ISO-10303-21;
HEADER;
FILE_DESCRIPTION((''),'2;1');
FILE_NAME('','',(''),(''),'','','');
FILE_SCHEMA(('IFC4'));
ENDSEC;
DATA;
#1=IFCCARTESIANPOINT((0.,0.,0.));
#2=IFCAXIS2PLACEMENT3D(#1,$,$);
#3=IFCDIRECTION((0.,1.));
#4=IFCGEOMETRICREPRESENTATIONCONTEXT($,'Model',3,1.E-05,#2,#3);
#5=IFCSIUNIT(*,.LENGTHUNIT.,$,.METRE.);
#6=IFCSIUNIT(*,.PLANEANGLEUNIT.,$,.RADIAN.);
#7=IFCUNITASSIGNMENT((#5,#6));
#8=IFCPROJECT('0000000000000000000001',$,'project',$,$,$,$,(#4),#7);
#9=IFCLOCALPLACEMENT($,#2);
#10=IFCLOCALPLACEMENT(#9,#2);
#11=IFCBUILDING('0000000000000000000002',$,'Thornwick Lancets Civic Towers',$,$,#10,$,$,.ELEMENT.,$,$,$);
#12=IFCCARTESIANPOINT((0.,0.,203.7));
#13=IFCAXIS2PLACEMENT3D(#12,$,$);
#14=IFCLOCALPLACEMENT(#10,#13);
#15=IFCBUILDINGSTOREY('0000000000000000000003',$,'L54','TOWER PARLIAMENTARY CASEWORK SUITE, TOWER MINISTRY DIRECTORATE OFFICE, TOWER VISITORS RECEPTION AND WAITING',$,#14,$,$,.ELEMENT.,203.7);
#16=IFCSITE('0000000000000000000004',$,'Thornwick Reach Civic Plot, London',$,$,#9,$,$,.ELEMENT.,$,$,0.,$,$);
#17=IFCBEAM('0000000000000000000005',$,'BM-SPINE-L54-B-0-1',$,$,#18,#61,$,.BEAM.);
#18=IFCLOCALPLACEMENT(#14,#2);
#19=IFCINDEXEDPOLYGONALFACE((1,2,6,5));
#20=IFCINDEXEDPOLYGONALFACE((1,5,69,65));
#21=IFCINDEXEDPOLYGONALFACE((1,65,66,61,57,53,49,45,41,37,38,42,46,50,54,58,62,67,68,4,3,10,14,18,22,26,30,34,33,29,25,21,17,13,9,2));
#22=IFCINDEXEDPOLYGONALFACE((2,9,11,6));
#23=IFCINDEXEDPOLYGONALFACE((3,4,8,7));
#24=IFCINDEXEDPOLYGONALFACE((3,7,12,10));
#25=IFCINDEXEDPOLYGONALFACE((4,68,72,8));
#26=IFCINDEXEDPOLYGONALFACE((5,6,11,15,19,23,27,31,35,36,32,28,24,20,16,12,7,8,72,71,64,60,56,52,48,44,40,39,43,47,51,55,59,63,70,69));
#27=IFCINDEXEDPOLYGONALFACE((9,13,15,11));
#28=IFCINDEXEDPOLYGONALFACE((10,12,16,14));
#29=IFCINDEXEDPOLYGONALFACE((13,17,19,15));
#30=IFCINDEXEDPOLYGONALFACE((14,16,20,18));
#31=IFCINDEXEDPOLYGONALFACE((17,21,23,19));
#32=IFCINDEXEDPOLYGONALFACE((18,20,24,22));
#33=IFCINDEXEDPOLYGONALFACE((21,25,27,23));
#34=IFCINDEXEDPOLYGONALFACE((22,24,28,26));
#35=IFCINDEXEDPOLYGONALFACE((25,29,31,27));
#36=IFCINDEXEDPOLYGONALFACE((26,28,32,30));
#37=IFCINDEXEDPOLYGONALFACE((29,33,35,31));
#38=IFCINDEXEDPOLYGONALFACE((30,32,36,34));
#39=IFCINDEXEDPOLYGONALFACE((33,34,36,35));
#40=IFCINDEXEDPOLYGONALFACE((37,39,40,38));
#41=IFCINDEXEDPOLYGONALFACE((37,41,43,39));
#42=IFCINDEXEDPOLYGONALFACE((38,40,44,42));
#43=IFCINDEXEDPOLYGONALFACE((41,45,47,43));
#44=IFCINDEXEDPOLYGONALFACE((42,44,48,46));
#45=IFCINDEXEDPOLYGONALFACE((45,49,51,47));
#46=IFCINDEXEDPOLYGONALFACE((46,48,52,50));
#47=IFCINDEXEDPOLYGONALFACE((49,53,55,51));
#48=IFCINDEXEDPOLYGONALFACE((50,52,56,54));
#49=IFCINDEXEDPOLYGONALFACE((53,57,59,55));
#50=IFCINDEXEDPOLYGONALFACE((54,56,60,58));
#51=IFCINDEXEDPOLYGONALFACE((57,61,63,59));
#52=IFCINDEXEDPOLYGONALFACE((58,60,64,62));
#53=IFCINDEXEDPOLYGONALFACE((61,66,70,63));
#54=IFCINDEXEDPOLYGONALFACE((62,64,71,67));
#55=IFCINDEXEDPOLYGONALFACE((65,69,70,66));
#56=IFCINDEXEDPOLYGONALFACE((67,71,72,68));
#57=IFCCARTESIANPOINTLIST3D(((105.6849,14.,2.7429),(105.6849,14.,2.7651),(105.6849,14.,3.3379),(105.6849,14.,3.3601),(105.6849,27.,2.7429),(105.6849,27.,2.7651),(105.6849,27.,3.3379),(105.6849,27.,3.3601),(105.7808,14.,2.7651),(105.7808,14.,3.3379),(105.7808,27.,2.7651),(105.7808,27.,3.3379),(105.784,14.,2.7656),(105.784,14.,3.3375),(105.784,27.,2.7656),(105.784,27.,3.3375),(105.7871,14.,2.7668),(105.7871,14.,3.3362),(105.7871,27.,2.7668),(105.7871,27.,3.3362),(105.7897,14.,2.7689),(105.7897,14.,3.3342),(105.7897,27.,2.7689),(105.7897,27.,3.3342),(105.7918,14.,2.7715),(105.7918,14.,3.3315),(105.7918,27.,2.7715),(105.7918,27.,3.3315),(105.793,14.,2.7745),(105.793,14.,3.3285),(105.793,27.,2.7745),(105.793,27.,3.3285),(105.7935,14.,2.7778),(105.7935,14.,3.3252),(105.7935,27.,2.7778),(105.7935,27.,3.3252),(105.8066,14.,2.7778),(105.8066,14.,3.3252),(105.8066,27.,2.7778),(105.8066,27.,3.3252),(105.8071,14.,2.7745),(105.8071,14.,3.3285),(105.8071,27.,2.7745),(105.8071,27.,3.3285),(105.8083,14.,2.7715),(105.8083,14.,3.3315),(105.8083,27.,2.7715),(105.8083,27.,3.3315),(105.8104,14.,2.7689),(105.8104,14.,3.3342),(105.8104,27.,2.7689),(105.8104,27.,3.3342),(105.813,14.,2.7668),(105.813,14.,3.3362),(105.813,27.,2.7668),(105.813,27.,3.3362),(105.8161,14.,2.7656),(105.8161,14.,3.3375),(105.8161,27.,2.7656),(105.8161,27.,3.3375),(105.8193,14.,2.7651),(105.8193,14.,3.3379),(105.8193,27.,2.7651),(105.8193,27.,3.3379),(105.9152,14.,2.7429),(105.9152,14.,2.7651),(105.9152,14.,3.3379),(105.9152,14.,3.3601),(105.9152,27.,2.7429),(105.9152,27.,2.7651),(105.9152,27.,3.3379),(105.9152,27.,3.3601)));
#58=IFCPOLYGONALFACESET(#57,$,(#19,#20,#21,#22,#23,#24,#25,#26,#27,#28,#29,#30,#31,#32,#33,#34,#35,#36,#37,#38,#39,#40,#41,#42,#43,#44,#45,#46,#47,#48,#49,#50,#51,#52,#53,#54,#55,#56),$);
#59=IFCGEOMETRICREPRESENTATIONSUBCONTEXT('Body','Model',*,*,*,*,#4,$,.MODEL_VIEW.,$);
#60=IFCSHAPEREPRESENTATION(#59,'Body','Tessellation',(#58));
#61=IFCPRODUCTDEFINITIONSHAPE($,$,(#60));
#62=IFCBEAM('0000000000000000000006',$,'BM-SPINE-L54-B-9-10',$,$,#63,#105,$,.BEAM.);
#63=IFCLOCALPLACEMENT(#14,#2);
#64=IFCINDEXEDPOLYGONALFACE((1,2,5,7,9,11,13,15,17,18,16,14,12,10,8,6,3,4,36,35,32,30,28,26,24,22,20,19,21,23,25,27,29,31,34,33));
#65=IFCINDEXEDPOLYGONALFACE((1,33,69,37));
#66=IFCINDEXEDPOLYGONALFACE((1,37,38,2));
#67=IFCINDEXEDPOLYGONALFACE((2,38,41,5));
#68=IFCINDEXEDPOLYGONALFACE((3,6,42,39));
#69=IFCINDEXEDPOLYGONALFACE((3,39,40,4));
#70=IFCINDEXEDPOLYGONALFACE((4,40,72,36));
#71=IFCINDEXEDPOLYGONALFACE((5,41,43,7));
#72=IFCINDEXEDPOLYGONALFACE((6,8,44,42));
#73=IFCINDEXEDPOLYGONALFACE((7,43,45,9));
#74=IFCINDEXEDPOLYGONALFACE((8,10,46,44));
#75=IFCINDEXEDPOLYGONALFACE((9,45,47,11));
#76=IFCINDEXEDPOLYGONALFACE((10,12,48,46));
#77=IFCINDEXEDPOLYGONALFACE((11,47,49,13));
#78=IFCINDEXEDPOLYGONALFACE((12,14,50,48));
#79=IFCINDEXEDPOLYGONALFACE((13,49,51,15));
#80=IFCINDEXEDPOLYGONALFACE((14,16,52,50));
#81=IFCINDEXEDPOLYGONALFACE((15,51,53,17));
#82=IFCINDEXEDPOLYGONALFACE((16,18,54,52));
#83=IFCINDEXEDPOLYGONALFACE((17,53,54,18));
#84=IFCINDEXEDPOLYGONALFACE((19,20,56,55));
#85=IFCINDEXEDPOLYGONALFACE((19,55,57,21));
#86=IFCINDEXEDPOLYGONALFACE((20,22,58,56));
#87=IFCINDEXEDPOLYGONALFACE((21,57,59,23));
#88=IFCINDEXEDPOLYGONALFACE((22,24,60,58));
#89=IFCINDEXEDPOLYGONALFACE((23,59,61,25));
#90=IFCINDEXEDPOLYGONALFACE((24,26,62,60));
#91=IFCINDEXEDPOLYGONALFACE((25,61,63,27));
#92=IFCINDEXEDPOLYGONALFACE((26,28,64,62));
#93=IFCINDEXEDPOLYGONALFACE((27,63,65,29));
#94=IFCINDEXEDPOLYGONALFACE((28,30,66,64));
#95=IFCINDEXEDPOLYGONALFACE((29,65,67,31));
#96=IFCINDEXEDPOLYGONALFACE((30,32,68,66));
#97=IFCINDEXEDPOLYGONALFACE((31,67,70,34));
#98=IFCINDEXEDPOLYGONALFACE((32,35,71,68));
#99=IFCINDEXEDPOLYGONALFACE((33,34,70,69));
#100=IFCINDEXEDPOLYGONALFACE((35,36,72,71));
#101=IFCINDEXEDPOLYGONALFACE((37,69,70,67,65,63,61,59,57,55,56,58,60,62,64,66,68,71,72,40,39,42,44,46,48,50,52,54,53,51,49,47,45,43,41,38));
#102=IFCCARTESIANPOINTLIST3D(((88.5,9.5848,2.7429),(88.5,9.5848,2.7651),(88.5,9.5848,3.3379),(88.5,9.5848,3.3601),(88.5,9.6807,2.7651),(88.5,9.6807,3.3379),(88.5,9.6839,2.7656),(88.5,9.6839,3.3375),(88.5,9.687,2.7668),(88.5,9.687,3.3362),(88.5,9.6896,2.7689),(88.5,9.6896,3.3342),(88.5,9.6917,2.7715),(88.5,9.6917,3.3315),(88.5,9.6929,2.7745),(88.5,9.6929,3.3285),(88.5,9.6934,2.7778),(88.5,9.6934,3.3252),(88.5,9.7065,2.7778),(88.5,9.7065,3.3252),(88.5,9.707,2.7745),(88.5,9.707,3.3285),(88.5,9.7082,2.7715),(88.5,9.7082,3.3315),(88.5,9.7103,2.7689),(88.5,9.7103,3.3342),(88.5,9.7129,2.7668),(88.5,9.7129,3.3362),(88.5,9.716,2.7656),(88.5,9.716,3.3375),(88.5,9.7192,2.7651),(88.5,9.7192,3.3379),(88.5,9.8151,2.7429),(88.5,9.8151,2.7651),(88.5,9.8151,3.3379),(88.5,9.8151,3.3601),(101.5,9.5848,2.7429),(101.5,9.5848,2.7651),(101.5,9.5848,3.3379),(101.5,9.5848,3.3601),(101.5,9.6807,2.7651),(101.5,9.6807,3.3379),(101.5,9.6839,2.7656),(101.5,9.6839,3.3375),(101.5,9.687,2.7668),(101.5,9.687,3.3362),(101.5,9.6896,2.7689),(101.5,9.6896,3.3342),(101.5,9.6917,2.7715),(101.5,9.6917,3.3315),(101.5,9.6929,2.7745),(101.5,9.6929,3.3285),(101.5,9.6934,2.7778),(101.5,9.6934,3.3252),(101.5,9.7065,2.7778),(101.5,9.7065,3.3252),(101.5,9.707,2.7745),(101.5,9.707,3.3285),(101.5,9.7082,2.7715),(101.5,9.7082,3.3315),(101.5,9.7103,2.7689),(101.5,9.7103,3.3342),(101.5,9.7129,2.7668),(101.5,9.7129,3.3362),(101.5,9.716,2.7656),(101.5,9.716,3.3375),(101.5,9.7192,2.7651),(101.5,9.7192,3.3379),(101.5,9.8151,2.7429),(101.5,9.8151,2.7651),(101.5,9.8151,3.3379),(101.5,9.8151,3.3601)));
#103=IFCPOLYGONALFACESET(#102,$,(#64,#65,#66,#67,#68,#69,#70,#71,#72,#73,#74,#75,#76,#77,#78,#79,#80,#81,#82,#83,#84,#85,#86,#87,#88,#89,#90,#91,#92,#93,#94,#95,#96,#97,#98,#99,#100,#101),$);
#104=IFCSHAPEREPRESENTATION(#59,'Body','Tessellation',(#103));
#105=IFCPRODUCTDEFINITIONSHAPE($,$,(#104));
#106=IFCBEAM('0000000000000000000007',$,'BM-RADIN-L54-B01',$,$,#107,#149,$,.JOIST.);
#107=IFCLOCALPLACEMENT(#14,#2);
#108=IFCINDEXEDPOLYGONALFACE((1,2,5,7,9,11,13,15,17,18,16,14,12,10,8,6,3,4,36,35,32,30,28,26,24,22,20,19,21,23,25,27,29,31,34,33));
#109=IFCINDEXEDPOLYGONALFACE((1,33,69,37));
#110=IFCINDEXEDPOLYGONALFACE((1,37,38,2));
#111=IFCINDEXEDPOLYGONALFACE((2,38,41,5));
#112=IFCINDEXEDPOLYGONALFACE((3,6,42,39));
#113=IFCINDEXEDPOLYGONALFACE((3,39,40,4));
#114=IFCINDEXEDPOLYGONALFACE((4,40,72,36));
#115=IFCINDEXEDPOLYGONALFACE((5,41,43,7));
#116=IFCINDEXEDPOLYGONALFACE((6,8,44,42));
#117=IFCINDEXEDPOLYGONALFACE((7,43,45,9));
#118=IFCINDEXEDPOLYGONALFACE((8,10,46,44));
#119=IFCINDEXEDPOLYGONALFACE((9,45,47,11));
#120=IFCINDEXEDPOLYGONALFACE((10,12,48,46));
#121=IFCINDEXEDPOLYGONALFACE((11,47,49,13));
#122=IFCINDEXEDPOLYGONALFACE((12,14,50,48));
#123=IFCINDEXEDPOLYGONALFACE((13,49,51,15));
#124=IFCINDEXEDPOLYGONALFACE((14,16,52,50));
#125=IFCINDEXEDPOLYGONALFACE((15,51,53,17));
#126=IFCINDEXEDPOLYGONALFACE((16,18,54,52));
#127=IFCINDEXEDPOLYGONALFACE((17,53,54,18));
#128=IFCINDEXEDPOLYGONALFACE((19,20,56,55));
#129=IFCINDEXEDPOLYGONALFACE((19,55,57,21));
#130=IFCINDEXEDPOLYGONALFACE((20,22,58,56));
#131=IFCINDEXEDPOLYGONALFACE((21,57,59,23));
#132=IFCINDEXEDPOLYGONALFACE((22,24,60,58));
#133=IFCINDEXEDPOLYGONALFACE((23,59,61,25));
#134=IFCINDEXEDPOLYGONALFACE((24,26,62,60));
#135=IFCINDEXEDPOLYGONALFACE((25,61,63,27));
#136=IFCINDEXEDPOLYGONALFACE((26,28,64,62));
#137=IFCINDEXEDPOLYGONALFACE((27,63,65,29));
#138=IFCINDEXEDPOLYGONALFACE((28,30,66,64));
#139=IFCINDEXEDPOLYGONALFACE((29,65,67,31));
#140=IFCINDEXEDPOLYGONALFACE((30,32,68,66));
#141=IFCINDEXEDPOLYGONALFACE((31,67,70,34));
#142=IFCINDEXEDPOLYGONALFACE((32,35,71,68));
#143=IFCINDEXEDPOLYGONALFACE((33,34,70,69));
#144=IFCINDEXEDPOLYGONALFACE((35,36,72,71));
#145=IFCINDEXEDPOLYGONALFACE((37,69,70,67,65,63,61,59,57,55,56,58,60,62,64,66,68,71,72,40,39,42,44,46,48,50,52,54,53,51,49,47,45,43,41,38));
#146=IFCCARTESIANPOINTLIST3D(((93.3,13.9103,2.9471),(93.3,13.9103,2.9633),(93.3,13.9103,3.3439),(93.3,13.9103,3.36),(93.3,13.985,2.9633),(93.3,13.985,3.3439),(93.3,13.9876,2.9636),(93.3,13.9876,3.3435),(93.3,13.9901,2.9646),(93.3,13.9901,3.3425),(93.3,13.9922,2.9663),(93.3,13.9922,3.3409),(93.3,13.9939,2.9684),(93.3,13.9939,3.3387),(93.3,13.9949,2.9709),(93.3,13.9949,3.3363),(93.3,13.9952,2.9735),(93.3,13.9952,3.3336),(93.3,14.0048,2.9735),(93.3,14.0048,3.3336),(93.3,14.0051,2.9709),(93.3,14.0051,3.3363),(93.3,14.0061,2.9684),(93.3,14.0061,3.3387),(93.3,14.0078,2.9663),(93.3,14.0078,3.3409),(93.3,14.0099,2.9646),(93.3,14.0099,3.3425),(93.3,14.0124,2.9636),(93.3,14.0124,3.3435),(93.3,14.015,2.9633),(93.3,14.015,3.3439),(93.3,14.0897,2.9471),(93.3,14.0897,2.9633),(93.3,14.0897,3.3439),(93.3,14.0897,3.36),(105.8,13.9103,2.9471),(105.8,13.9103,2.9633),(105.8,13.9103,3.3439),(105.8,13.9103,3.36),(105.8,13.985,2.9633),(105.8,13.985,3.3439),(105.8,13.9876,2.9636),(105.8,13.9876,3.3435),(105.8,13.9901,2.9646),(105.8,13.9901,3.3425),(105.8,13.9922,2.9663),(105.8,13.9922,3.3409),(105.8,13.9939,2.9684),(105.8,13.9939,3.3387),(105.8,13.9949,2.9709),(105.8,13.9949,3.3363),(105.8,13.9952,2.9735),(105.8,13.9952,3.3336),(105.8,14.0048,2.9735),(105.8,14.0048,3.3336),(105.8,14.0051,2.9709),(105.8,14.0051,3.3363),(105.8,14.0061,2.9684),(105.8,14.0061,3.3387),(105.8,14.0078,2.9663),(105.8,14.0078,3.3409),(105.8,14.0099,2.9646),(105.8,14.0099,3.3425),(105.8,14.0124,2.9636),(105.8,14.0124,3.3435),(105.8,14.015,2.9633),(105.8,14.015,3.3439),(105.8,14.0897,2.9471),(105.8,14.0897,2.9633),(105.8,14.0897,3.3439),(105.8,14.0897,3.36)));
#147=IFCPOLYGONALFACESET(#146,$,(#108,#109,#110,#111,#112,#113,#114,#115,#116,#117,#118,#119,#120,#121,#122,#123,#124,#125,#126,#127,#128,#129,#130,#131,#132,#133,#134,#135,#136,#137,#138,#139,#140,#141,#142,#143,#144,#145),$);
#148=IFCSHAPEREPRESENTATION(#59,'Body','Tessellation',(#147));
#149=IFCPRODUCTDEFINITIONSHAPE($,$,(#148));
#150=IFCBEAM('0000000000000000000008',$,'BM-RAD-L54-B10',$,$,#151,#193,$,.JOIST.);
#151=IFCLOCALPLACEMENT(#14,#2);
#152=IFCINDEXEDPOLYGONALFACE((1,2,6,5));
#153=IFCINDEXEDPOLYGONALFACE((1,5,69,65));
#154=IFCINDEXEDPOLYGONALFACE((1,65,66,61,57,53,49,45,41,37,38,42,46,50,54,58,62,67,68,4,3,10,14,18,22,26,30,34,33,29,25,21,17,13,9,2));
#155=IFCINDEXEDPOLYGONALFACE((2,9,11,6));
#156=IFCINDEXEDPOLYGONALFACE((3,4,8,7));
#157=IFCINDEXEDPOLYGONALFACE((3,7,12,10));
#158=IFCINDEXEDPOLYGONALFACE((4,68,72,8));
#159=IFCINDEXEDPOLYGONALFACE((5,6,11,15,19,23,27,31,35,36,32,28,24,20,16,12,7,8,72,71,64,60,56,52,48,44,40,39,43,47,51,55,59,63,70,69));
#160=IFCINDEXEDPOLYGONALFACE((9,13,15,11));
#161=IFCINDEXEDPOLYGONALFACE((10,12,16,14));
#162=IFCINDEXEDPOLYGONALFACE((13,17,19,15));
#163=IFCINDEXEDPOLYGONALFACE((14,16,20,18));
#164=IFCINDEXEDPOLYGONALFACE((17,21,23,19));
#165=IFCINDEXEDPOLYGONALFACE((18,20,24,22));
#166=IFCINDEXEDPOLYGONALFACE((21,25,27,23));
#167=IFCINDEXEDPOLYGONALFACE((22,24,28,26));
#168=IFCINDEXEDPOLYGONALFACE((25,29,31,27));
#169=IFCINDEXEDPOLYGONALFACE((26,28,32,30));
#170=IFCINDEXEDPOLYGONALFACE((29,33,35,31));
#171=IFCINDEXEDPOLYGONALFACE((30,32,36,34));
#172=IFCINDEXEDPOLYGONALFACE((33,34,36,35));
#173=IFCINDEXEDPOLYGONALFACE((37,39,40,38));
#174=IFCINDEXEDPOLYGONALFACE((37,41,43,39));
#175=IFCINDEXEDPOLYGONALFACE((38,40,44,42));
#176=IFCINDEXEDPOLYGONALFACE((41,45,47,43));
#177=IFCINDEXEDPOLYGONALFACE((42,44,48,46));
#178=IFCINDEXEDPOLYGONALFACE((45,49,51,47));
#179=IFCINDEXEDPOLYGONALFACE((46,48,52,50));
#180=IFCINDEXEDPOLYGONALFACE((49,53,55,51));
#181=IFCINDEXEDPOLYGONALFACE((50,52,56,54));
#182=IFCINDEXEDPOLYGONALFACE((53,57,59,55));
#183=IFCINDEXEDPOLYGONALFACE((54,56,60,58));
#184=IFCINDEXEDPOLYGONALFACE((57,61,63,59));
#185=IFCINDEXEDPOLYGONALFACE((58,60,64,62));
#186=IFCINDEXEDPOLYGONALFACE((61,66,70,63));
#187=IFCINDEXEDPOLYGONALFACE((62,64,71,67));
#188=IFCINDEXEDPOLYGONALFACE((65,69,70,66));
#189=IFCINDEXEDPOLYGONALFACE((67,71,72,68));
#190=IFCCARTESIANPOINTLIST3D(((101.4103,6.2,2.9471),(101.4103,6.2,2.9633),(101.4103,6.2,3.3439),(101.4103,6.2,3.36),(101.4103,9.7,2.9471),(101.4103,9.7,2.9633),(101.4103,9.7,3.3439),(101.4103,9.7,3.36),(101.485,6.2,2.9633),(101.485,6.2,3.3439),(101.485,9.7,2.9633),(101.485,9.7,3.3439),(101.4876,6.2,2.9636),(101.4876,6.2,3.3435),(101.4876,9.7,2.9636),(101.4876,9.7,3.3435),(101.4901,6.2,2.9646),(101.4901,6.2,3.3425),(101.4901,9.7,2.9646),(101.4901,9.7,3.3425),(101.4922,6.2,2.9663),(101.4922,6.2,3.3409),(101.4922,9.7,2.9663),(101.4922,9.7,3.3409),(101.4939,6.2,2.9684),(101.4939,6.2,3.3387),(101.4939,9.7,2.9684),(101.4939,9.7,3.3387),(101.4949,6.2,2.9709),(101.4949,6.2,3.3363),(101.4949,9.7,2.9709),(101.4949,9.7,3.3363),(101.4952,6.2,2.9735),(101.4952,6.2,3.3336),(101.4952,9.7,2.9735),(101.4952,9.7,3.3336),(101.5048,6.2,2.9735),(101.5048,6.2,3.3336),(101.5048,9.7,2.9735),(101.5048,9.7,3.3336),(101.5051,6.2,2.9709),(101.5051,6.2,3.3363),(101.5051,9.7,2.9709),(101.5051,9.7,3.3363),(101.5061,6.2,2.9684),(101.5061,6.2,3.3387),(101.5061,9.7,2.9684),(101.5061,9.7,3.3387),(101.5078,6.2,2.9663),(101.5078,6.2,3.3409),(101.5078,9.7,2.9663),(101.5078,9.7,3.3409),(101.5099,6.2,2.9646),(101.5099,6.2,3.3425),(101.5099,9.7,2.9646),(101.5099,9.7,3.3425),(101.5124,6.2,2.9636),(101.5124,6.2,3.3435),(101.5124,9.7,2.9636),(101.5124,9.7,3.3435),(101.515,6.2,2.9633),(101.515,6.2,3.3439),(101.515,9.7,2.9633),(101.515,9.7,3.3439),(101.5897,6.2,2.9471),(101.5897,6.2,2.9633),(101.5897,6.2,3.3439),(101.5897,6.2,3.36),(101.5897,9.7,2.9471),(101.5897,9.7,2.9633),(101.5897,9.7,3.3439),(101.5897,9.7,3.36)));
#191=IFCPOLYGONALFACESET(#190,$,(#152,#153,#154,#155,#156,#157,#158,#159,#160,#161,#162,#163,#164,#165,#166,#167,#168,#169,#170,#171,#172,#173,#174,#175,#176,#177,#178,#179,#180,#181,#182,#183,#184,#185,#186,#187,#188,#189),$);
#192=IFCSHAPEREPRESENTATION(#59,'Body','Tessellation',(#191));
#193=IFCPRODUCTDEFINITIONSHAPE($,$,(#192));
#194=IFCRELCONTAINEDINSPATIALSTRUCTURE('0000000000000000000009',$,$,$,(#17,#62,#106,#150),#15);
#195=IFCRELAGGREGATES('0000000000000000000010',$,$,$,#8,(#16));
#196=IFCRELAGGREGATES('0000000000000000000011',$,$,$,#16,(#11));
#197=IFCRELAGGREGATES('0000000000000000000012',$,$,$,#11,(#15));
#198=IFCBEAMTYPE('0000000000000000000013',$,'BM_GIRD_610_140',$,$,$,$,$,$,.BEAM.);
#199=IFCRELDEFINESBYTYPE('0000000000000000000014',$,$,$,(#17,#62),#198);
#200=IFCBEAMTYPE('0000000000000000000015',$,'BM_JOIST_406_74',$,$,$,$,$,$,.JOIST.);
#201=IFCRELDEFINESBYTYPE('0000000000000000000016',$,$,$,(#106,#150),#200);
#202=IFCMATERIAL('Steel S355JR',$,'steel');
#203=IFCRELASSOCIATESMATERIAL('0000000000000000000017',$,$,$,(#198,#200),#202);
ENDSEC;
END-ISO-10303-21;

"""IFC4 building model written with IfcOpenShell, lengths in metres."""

from ifc_helpers import new_model, si_unit, direction, frame, origin, origin_2d, place, context, subcontext, project, spatial, i_section, extrude, material, material_profile, profile_set, type_object, element, save


model = new_model("IFC4")

# Units and contexts
model_context = context("Model", 3, precision=1e-05, world=origin(), true_north=direction((0.0, 1.0)))
body_context = subcontext(model_context, "Body", "Model", "MODEL_VIEW")
ifc_project = project(units=[si_unit("LENGTHUNIT", "METRE"), si_unit("PLANEANGLEUNIT", "RADIAN")], contexts=[model_context])

# Site, building, storey
site_placement = place(None, origin())
site = spatial("IfcSite", under=ifc_project, at=site_placement, Name="Thornwick Reach Civic Plot, London", CompositionType="ELEMENT", RefElevation=0.0)
building_placement = place(site_placement, origin())
building = spatial("IfcBuilding", under=site, at=building_placement, Name="Thornwick Lancets Civic Towers", CompositionType="ELEMENT")
storey_placement = place(building_placement, frame((0.0, 0.0, 203.7)))
storey = spatial("IfcBuildingStorey", under=building, at=storey_placement, Name="L54", Description="TOWER PARLIAMENTARY CASEWORK SUITE, TOWER MINISTRY DIRECTORATE OFFICE, TOWER VISITORS RECEPTION AND WAITING", CompositionType="ELEMENT", Elevation=203.7)

# Shared definitions
ifc_material_1 = material(Name="Steel S355JR", Category="steel")

# Beams
ifc_material_profile_1 = material_profile(ifc_material_1, i_section(OverallWidth=0.2302, OverallDepth=0.6172, WebThickness=0.0132, FlangeThickness=0.0222, FilletRadius=0.0127, at=origin_2d()), Name="UKB 610x229x140")
ifc_profile_set_1 = profile_set([ifc_material_profile_1], Name="Steel S355JR")
beam_type_1 = type_object("IfcBeamType", Name="BM_GIRD_610_140", PredefinedType="BEAM", material=ifc_profile_set_1)
for number, where, z_axis, x_axis, name in (
    (1, (105.8, 14.0, 3.0515), (0.0, 1.0, 0.0), (-1.0, 0.0, 0.0), "BM-SPINE-L54-B-0-1"),
    (2, (101.5, 9.7, 3.0515), (-1.0, 0.0, 0.0), (0.0, -1.0, 0.0), "BM-SPINE-L54-B-9-10"),
):
    element("IfcBeam", number, at=place(storey_placement, frame(where, z_axis=z_axis, x_axis=x_axis)), inside=storey, type_object=beam_type_1, Name=name, PredefinedType="BEAM", context=body_context, shape_type="SweptSolid", body=[
        extrude(i_section(OverallWidth=0.2302, OverallDepth=0.6172, WebThickness=0.0132, FlangeThickness=0.0222, FilletRadius=0.0127, at=origin_2d()), origin(), (0.0, 0.0, 1.0), 13.0),
    ])
ifc_material_profile_2 = material_profile(ifc_material_1, i_section(OverallWidth=0.1794, OverallDepth=0.4128, WebThickness=0.0095, FlangeThickness=0.0161, FilletRadius=0.0103, at=origin_2d()), Name="UKB 406x178x74")
ifc_profile_set_2 = profile_set([ifc_material_profile_2], Name="Steel S355JR")
beam_type_2 = type_object("IfcBeamType", Name="BM_JOIST_406_74", PredefinedType="JOIST", material=ifc_profile_set_2)
beam_1_placement = place(storey_placement, frame((93.3, 14.0, 3.1536), z_axis=(1.0, 0.0, 0.0), x_axis=(0.0, 1.0, 0.0)))
element("IfcBeam", 3, at=beam_1_placement, inside=storey, type_object=beam_type_2, Name="BM-RADIN-L54-B01", PredefinedType="JOIST", context=body_context, shape_type="SweptSolid", body=[
    extrude(i_section(OverallWidth=0.1794, OverallDepth=0.4128, WebThickness=0.0095, FlangeThickness=0.0161, FilletRadius=0.0103, at=origin_2d()), origin(), (0.0, 0.0, 1.0), 12.5),
])
for number, where, z_axis, x_axis, name in (
    (4, (101.5, 9.7, 3.1536), (0.0, -1.0, 0.0), (1.0, 0.0, 0.0), "BM-RAD-L54-B10"),
):
    element("IfcBeam", number, at=place(storey_placement, frame(where, z_axis=z_axis, x_axis=x_axis)), inside=storey, type_object=beam_type_2, Name=name, PredefinedType="JOIST", context=body_context, shape_type="SweptSolid", body=[
        extrude(i_section(OverallWidth=0.1794, OverallDepth=0.4128, WebThickness=0.0095, FlangeThickness=0.0161, FilletRadius=0.0103, at=origin_2d()), origin(), (0.0, 0.0, 1.0), 3.5),
    ])

save(model, "model.ifc")
